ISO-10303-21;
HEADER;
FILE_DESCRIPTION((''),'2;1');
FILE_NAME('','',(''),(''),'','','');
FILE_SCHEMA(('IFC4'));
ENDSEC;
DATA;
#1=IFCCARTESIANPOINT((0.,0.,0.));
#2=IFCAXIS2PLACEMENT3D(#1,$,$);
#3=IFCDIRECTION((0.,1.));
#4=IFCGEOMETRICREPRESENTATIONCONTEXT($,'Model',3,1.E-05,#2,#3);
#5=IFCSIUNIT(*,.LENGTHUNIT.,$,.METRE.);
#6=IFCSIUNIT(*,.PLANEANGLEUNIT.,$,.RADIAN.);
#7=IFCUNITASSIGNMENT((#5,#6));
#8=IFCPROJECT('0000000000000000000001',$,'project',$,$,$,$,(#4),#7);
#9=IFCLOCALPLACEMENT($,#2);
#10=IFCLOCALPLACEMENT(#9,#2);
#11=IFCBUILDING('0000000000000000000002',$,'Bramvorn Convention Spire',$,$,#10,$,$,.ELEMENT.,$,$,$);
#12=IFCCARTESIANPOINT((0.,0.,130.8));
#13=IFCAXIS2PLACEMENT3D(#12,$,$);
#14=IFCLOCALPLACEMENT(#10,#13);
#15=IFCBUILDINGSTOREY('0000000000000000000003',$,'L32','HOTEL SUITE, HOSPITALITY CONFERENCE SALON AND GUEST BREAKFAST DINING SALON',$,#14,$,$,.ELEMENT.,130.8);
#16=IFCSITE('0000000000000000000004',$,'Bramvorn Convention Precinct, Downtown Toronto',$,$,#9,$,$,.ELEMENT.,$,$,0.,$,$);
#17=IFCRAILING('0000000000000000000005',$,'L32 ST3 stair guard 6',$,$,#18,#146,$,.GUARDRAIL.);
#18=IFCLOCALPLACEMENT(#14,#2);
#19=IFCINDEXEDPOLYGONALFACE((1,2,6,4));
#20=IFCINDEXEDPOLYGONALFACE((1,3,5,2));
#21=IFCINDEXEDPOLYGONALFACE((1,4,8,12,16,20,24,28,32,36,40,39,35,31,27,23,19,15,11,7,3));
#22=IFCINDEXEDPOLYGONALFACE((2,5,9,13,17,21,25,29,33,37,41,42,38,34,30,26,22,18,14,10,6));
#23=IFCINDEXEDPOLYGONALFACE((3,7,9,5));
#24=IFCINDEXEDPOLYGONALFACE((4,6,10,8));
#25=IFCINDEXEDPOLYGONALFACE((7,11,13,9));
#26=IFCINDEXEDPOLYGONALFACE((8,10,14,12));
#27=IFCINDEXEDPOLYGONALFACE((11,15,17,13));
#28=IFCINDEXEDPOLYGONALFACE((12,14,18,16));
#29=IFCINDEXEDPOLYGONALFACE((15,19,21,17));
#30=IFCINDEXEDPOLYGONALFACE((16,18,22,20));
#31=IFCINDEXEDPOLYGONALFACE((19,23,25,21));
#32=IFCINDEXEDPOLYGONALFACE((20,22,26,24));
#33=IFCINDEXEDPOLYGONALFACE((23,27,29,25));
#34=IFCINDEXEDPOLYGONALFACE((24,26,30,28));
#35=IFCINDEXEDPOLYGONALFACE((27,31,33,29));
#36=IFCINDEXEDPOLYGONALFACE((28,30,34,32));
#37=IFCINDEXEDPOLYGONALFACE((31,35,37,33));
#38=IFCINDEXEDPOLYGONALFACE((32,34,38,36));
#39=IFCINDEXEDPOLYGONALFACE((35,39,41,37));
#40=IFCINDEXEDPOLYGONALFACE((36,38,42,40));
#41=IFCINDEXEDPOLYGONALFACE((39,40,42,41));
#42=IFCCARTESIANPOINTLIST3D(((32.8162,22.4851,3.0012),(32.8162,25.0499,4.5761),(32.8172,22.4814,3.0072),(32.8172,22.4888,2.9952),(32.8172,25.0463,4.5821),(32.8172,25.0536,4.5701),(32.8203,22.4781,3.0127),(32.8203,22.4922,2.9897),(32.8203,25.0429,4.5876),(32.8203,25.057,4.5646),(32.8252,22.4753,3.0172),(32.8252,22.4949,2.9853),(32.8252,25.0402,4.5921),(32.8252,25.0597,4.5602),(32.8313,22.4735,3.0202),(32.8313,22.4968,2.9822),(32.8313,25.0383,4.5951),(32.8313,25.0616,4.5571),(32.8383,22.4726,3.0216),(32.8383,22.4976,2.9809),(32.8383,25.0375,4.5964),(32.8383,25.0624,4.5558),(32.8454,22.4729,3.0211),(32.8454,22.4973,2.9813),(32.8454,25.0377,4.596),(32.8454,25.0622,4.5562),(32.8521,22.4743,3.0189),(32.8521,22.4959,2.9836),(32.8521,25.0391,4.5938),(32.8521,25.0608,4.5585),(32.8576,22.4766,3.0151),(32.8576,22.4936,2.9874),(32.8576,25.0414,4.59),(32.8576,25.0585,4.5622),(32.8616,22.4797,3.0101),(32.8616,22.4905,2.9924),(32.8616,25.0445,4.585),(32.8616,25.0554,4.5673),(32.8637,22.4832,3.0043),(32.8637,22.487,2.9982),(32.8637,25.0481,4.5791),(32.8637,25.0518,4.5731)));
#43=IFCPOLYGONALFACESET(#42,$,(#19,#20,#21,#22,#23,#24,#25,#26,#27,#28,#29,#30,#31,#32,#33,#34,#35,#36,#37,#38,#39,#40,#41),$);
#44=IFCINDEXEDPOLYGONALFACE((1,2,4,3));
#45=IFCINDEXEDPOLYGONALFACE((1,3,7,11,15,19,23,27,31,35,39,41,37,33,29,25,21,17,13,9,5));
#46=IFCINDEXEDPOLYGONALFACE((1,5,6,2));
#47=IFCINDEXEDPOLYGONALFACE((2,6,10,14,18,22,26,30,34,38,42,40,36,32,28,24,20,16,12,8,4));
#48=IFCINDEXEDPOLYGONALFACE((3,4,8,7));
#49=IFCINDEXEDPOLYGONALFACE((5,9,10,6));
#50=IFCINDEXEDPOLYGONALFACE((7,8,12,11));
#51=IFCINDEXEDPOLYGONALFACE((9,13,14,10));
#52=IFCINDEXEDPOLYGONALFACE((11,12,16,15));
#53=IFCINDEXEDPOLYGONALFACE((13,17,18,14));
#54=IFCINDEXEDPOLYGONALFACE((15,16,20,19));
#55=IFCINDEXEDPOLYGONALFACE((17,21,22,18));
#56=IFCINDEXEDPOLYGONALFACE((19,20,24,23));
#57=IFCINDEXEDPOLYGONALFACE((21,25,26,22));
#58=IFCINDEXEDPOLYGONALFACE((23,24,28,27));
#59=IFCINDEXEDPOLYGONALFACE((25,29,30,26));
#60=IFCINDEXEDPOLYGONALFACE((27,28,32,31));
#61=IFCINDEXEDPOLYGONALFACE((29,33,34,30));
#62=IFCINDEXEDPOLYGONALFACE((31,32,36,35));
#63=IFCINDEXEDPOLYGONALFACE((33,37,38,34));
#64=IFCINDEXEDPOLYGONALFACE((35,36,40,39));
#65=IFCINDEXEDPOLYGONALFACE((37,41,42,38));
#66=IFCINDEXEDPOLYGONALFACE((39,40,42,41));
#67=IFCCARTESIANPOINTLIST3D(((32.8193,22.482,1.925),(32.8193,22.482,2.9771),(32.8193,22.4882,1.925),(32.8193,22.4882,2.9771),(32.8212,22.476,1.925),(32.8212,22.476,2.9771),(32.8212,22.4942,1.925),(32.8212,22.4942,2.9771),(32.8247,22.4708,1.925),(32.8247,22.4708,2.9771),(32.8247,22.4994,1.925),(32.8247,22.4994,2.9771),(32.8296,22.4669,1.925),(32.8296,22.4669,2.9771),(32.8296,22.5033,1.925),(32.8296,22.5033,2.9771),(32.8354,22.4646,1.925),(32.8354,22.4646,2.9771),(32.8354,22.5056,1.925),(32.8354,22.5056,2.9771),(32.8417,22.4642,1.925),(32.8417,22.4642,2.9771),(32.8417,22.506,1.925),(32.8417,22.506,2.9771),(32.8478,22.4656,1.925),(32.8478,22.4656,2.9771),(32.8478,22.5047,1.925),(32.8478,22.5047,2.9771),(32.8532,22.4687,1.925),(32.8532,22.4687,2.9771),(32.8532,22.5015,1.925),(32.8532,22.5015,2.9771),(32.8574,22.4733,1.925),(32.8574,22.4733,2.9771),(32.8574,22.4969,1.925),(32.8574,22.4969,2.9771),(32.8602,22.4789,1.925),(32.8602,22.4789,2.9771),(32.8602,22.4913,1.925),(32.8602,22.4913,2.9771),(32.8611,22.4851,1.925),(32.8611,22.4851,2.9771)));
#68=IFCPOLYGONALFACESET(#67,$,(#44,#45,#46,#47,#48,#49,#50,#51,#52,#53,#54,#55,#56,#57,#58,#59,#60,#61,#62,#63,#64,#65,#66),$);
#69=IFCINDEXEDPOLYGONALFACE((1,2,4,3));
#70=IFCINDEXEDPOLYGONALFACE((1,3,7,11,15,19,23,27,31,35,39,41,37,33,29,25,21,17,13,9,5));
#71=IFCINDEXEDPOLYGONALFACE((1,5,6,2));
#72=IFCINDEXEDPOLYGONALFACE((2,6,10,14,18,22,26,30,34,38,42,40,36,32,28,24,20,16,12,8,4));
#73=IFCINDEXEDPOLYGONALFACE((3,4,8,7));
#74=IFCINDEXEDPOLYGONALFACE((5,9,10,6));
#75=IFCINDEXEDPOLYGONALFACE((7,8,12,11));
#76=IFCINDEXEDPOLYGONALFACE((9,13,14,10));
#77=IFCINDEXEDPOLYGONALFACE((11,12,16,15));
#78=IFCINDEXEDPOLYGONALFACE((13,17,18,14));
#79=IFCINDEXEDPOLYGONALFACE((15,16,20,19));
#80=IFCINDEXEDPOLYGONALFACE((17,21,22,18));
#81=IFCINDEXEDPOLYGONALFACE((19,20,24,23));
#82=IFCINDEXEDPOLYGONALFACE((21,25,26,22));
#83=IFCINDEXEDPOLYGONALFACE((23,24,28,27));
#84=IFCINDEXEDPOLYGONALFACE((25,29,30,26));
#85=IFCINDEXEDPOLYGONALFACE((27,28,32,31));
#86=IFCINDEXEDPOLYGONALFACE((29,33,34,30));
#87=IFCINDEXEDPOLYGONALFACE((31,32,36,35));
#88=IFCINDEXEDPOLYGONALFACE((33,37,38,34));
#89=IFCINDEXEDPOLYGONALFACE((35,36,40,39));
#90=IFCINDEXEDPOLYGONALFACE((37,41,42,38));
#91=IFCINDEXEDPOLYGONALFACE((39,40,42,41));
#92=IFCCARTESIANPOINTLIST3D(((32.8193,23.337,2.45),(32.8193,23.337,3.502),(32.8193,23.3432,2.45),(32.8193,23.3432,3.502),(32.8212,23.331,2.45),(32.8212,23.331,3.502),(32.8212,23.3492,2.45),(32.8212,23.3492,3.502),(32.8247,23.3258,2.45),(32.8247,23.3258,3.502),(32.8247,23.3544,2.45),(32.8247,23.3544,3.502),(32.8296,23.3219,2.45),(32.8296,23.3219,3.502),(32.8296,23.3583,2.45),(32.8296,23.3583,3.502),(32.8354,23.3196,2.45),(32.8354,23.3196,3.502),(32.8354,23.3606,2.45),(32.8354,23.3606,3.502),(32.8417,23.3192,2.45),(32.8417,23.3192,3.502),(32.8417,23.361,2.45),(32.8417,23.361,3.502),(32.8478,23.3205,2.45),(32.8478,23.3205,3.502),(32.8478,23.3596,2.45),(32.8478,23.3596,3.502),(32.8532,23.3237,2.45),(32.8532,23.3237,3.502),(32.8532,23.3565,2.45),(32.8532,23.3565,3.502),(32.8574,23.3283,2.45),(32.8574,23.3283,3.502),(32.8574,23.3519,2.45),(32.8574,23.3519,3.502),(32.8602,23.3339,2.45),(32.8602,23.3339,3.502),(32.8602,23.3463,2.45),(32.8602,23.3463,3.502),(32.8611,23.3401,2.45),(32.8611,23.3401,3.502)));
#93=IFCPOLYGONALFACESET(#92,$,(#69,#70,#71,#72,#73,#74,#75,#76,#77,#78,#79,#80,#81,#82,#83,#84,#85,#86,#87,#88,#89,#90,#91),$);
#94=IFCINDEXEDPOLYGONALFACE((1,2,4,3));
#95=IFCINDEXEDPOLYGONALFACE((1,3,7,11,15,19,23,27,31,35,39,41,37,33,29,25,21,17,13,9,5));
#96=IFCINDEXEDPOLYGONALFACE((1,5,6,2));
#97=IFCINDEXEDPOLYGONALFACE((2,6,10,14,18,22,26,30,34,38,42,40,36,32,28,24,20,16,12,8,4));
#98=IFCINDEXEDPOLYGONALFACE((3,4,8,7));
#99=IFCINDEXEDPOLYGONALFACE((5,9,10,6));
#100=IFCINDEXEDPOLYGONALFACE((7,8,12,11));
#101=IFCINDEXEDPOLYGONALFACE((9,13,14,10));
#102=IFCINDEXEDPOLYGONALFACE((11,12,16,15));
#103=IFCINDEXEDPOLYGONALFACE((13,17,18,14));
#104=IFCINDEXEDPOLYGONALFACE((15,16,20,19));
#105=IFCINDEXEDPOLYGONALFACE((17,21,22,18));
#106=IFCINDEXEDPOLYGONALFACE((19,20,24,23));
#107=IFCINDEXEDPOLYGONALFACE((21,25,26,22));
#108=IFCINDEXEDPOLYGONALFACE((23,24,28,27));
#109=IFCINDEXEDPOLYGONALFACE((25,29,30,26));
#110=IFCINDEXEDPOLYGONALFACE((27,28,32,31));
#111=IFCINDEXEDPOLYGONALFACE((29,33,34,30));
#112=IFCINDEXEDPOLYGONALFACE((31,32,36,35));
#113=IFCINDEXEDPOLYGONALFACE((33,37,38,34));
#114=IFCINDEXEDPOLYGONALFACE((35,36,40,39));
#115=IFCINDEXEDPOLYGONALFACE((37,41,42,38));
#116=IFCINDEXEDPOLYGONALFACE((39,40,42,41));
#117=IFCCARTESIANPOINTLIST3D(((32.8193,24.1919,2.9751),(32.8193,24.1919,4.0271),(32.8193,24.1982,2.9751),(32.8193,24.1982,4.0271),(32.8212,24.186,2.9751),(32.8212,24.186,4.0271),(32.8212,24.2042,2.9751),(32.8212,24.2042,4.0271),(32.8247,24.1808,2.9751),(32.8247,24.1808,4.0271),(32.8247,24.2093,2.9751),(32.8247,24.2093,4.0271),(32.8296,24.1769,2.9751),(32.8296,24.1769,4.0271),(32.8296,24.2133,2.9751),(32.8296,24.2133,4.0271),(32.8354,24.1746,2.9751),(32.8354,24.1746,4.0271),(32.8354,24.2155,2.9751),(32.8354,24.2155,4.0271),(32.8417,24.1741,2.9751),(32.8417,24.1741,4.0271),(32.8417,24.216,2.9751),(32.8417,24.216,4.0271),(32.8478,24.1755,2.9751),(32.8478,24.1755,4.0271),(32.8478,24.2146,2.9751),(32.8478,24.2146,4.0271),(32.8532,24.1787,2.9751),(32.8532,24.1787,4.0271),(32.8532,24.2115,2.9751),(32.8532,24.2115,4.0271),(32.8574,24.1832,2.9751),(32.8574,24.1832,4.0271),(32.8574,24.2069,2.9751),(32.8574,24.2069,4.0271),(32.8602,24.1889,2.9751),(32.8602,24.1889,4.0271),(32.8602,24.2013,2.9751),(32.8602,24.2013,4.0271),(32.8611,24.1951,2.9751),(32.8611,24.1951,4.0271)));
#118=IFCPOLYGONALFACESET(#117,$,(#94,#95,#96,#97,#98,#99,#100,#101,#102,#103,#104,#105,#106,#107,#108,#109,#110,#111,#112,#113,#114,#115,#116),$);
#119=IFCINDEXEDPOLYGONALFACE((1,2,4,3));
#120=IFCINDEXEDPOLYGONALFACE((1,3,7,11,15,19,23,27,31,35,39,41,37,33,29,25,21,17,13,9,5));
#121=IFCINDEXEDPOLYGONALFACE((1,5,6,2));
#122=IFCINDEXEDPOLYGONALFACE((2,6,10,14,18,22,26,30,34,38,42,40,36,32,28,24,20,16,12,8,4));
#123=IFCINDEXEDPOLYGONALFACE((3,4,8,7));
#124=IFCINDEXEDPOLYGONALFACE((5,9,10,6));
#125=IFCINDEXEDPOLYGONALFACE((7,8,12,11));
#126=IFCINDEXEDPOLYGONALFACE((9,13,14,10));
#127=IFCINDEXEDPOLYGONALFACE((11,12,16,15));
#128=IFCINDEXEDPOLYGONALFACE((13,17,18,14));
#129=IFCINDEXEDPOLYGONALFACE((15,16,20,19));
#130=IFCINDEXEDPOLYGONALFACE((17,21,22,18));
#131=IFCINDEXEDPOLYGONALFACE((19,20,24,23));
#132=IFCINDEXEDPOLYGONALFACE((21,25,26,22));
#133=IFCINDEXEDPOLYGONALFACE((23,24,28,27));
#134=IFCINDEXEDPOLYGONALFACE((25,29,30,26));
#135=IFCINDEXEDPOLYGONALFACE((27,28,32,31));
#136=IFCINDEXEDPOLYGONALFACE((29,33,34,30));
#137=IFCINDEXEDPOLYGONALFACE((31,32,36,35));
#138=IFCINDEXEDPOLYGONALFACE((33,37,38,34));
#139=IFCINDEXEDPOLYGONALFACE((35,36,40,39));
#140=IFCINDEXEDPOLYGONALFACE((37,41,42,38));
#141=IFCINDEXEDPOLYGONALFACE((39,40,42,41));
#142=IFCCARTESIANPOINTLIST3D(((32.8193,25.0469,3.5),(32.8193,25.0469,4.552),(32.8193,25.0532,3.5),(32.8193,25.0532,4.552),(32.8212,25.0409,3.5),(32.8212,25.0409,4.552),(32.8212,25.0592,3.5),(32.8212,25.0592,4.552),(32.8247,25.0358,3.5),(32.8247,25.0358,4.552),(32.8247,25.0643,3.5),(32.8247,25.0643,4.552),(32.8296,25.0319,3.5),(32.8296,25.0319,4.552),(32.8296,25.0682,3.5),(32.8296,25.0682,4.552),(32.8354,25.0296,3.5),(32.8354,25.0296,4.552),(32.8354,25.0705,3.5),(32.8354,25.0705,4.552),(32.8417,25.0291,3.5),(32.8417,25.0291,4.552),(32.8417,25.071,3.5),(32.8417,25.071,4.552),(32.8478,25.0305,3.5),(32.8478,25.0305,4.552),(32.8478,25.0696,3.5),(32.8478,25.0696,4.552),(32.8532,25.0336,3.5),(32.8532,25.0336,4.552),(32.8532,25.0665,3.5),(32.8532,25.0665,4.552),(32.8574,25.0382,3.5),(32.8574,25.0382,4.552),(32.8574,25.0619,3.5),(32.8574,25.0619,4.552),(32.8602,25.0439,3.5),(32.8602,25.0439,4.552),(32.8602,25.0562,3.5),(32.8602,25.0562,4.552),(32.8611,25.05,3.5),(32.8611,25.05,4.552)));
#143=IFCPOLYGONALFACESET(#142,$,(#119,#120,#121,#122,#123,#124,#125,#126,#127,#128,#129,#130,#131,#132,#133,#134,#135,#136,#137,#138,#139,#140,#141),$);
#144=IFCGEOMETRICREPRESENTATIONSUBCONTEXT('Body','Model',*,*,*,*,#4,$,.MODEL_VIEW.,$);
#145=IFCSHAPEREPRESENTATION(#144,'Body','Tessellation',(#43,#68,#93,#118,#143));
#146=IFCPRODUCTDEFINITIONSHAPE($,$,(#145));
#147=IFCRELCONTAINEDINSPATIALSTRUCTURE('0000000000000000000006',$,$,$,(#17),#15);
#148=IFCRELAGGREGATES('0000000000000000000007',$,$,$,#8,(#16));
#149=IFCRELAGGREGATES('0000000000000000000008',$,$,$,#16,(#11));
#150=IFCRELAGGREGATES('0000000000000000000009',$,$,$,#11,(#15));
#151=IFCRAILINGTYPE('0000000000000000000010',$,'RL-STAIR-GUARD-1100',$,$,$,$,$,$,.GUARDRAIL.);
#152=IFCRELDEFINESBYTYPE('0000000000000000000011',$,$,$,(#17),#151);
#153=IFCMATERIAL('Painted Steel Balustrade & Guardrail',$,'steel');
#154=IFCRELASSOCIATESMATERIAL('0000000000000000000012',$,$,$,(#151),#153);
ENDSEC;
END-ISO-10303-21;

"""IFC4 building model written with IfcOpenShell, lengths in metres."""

from ifc_helpers import new_model, si_unit, direction, frame, origin, origin_2d, place, context, subcontext, project, spatial, circle, extrude, material, type_object, element, save


model = new_model("IFC4")

# Units and contexts
model_context = context("Model", 3, precision=1e-05, world=origin(), true_north=direction((0.0, 1.0)))
body_context = subcontext(model_context, "Body", "Model", "MODEL_VIEW")
ifc_project = project(units=[si_unit("LENGTHUNIT", "METRE"), si_unit("PLANEANGLEUNIT", "RADIAN")], contexts=[model_context])

# Site, building, storey
site_placement = place(None, origin())
site = spatial("IfcSite", under=ifc_project, at=site_placement, Name="Bramvorn Convention Precinct, Downtown Toronto", CompositionType="ELEMENT", RefElevation=0.0)
building_placement = place(site_placement, origin())
building = spatial("IfcBuilding", under=site, at=building_placement, Name="Bramvorn Convention Spire", CompositionType="ELEMENT")
storey_placement = place(building_placement, frame((0.0, 0.0, 130.8)))
storey = spatial("IfcBuildingStorey", under=building, at=storey_placement, Name="L32", Description="HOTEL SUITE, HOSPITALITY CONFERENCE SALON AND GUEST BREAKFAST DINING SALON", CompositionType="ELEMENT", Elevation=130.8)

# Railing
ifc_material_1 = material(Name="Painted Steel Balustrade & Guardrail", Category="steel")
railing_type_1 = type_object("IfcRailingType", Name="RL-STAIR-GUARD-1100", PredefinedType="GUARDRAIL", material=ifc_material_1)
railing_1_placement = place(storey_placement, frame((32.8401, 22.4851, 1.925)))
element("IfcRailing", 1, at=railing_1_placement, inside=storey, type_object=railing_type_1, Name="L32 ST3 stair guard 6", PredefinedType="GUARDRAIL", context=body_context, shape_type="SweptSolid", body=[
    extrude(circle(Radius=0.0239, at=origin_2d()), frame((0.0, 0.0, 1.0762), z_axis=(0.0, 0.852173, 0.52326), x_axis=(-1.0, 0.0, 0.0)), (0.0, 0.0, 1.0), 3.0098),
    extrude(circle(Radius=0.021, at=origin_2d()), origin(), (0.0, 0.0, 1.0), 1.052),
    extrude(circle(Radius=0.021, at=origin_2d()), frame((0.0, 0.855, 0.5249)), (0.0, 0.0, 1.0), 1.052),
    extrude(circle(Radius=0.021, at=origin_2d()), frame((0.0, 1.71, 1.05)), (0.0, 0.0, 1.0), 1.052),
    extrude(circle(Radius=0.021, at=origin_2d()), frame((0.0, 2.5649, 1.575)), (0.0, 0.0, 1.0), 1.052),
])

save(model, "model.ifc")
